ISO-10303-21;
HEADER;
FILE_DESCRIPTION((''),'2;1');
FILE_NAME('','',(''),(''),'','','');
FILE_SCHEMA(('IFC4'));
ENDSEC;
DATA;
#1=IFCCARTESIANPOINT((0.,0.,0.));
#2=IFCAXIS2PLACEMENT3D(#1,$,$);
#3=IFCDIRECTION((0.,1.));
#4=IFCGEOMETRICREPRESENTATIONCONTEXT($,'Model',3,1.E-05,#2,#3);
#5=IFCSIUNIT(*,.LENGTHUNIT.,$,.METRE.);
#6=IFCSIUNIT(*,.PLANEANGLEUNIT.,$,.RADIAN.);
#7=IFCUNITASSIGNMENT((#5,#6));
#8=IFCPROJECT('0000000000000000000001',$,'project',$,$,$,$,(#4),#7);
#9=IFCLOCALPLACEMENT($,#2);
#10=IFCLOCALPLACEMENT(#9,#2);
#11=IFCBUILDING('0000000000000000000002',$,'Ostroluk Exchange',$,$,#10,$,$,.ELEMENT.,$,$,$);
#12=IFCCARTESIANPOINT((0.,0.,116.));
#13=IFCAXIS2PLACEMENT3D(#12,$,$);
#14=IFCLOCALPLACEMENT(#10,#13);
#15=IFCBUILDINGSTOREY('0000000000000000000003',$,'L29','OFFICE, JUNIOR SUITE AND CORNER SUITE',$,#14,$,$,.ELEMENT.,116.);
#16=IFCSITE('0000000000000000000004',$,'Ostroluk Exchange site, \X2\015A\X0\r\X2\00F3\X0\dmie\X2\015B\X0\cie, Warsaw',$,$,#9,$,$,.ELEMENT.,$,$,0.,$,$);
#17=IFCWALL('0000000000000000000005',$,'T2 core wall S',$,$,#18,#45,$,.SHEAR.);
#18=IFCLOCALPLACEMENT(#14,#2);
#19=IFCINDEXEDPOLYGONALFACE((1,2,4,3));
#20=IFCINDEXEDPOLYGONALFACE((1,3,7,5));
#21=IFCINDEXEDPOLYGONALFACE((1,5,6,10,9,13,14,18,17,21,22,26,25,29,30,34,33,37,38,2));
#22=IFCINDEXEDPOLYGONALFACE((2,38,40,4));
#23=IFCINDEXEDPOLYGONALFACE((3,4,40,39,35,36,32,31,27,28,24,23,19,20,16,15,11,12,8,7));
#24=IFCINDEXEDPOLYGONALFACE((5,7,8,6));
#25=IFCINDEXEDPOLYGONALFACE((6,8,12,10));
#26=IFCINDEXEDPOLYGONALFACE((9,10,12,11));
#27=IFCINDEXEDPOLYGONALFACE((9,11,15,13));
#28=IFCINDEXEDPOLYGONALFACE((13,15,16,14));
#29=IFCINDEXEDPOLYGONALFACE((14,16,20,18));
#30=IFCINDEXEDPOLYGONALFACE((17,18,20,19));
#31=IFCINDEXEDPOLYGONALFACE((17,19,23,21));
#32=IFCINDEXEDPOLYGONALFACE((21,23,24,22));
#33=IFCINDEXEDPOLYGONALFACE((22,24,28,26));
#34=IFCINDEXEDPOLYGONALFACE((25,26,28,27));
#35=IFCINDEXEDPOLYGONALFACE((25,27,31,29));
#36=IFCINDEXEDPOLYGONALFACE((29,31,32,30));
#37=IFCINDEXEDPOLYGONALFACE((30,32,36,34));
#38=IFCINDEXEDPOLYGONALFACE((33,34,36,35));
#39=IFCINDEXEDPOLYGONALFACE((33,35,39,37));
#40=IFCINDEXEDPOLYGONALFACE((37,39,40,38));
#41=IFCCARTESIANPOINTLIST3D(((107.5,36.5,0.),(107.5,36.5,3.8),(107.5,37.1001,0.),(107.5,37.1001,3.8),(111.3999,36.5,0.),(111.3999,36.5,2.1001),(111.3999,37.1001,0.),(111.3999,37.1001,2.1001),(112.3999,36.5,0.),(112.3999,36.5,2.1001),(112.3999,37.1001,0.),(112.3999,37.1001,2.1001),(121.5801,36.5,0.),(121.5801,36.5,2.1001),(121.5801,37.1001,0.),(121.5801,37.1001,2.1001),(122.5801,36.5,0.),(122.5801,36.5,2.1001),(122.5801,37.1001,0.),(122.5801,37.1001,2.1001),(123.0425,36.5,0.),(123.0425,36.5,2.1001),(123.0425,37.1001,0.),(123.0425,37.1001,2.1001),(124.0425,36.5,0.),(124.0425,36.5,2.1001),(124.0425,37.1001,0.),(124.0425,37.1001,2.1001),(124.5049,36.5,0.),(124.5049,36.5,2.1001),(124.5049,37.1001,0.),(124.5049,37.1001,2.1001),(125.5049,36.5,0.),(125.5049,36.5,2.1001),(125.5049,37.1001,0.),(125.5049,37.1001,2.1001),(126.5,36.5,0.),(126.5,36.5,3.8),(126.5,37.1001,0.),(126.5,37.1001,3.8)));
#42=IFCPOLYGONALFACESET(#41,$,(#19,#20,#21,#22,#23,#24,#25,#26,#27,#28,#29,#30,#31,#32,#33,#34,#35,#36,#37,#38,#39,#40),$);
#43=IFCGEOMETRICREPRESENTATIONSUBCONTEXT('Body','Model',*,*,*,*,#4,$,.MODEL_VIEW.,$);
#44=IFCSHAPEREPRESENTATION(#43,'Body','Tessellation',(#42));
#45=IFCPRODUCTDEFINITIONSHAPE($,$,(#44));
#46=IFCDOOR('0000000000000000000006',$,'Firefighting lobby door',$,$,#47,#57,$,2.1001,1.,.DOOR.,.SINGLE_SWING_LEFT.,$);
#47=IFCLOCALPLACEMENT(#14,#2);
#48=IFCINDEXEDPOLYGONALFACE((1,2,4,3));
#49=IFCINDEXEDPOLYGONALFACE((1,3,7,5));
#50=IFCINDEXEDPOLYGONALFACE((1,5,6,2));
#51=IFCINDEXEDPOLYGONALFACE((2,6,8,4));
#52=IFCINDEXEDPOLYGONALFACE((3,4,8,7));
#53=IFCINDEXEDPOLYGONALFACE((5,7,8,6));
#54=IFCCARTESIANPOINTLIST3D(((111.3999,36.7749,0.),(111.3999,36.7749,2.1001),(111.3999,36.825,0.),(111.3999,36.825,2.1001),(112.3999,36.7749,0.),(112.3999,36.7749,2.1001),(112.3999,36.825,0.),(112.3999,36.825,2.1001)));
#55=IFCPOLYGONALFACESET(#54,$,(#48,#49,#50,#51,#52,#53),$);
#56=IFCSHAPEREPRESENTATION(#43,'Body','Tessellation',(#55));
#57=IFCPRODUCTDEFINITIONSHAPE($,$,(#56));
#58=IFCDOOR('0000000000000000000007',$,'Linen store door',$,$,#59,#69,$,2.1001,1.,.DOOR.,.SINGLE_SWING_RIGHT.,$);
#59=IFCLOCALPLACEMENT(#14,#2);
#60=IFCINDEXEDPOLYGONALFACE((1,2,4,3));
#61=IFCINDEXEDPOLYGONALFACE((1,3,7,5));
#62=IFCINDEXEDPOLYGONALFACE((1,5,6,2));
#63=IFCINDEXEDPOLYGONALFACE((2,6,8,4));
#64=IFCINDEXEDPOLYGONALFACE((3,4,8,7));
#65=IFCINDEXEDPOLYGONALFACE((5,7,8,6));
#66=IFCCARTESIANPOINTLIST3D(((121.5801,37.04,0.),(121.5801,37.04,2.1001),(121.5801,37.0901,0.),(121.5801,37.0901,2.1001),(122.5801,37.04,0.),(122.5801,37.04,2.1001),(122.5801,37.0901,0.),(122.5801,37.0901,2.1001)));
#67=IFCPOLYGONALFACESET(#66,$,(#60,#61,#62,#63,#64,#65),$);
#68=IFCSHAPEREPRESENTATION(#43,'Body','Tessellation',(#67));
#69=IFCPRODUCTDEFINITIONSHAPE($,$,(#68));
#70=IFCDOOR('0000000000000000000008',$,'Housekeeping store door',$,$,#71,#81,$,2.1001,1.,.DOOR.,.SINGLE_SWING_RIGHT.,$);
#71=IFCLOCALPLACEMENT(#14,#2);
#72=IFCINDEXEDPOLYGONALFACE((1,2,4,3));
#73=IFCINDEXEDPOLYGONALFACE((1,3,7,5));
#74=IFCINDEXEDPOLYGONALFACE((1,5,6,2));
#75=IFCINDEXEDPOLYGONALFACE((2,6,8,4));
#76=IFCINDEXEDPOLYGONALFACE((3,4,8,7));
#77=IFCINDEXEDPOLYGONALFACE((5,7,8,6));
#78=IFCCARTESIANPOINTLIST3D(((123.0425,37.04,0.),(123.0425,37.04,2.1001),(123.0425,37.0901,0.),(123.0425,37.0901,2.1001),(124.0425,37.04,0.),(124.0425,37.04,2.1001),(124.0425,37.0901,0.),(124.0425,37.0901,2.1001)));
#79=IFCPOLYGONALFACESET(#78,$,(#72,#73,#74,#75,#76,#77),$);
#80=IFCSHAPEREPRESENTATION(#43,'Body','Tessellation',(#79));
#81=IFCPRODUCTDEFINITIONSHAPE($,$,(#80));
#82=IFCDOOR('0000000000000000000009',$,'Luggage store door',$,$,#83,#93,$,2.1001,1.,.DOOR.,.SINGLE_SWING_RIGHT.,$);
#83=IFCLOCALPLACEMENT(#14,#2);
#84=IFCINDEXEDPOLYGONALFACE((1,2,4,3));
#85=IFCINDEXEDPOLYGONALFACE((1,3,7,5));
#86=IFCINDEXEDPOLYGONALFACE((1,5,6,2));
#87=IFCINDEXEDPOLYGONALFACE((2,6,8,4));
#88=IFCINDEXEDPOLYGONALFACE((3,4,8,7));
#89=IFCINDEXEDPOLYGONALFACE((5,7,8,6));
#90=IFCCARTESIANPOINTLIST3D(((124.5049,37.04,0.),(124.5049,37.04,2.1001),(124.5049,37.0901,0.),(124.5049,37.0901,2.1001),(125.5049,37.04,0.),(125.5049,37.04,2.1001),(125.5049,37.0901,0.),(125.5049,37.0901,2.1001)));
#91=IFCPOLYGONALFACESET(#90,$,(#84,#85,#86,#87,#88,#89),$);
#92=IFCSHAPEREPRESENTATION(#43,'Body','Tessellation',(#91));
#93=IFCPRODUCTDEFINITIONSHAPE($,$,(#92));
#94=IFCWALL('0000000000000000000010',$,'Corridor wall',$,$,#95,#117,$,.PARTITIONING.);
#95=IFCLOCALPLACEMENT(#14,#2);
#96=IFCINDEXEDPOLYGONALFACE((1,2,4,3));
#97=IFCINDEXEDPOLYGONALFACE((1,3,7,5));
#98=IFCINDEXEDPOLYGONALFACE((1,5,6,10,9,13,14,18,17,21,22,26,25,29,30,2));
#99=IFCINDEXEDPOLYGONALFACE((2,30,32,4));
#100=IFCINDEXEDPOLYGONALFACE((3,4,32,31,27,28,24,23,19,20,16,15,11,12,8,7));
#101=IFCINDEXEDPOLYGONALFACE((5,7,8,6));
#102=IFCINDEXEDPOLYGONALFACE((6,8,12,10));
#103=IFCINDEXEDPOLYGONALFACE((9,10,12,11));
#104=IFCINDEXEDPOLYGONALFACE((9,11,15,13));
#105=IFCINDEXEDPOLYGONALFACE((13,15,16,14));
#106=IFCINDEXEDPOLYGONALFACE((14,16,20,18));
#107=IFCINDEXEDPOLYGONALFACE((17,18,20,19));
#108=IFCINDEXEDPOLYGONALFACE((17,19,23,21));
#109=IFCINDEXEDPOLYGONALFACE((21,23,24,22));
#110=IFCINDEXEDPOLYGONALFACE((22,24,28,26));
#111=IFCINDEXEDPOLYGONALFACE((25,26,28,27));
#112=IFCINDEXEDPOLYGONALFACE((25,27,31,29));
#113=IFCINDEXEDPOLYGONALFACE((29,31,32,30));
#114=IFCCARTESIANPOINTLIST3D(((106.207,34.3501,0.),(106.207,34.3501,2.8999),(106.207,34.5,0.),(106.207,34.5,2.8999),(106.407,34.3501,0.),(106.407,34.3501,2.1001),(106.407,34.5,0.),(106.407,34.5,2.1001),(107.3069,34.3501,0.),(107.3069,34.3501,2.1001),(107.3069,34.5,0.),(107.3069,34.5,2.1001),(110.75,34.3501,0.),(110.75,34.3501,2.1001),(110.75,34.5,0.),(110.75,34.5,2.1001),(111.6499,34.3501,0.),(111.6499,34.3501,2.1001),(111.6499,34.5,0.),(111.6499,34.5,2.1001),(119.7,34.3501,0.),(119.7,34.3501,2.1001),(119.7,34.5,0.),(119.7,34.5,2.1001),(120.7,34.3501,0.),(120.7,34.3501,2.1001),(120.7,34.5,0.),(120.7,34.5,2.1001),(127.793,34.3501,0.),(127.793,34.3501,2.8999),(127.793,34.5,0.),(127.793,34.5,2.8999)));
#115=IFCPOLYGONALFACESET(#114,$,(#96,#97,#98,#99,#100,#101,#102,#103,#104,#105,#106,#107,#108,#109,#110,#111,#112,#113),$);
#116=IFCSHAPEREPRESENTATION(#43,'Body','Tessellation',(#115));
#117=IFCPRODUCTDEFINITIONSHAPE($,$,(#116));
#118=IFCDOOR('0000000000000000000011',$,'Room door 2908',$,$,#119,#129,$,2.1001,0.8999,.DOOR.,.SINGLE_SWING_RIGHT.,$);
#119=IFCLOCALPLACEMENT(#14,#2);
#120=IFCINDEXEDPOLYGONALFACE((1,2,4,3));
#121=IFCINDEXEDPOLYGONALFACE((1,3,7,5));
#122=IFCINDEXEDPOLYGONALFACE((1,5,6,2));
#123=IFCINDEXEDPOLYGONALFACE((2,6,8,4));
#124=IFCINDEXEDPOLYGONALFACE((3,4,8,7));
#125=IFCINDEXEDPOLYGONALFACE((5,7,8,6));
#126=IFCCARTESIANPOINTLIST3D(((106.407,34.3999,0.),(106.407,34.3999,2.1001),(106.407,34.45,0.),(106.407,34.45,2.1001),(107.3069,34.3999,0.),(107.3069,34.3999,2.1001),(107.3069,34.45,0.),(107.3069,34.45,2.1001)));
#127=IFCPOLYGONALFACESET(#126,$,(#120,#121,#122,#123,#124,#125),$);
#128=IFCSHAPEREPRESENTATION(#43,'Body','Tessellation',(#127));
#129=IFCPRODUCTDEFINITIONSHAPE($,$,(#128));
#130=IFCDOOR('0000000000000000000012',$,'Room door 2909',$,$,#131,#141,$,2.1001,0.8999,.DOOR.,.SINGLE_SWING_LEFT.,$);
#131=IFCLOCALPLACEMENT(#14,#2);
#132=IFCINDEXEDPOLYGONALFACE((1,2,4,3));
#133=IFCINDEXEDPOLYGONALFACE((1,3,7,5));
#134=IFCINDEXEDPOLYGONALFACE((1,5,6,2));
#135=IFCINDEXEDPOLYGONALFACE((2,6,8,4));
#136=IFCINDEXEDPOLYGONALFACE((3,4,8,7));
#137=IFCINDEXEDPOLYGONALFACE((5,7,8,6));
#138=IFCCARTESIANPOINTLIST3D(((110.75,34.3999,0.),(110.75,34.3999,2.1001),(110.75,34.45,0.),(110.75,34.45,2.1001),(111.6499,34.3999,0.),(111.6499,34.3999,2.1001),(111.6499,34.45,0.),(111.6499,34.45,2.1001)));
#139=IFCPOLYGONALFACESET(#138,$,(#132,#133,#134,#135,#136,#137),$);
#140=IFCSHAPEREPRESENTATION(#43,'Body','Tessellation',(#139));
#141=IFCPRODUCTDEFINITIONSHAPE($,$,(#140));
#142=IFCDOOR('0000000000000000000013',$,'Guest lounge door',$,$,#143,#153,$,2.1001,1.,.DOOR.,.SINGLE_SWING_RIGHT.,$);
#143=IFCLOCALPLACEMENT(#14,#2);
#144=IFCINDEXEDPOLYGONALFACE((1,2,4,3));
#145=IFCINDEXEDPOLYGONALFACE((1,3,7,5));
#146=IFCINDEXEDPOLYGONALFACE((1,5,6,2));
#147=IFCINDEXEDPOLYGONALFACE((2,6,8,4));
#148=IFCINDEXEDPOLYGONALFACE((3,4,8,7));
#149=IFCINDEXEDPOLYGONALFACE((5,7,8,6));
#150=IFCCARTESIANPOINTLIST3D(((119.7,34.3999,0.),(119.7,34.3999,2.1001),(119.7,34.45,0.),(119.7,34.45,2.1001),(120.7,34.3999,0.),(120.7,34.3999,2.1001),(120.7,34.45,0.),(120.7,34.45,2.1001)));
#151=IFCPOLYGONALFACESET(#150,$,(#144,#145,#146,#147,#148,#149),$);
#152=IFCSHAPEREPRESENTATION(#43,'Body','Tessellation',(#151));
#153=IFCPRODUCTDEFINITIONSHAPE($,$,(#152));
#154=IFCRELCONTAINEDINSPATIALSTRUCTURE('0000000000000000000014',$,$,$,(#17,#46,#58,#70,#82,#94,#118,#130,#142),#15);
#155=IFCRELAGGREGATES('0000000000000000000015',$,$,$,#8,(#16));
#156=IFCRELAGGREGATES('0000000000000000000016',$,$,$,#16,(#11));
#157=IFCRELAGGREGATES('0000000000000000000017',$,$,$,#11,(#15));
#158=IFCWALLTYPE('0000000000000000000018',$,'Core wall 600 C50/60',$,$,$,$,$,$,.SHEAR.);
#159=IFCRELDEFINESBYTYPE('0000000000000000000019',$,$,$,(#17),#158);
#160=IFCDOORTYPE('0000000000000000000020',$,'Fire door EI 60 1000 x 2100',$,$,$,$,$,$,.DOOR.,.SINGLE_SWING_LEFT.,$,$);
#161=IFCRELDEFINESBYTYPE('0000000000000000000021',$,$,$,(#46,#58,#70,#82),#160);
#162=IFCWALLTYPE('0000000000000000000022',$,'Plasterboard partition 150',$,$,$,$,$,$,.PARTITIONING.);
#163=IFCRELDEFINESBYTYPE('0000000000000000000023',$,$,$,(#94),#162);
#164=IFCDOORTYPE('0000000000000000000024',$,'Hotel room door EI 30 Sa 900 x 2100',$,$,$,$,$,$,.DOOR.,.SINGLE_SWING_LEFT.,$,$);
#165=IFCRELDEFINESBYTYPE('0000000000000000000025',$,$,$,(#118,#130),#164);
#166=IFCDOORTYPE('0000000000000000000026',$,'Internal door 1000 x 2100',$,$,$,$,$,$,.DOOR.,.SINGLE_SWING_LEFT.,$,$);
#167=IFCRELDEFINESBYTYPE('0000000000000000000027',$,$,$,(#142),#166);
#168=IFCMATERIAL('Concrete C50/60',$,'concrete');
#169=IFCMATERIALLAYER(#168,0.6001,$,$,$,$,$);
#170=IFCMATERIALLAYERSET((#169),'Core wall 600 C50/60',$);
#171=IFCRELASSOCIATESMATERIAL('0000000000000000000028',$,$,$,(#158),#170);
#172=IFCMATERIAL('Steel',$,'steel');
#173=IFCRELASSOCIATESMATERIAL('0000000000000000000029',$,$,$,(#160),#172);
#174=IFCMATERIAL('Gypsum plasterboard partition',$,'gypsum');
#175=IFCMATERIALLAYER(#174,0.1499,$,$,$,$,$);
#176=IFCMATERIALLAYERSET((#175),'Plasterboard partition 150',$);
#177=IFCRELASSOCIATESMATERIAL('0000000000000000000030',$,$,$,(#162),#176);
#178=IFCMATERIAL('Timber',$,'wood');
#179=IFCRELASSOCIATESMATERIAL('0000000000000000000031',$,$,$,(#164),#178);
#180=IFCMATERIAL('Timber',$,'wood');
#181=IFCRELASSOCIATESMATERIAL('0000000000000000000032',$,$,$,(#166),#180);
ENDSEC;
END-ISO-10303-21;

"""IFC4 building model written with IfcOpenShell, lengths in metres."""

from ifc_helpers import new_model, si_unit, direction, frame, frame_2d, origin, place, context, subcontext, project, spatial, rectangle, extrude, material, layer, layer_set, type_object, element, fill, save


model = new_model("IFC4")

# Units and contexts
model_context = context("Model", 3, precision=1e-05, world=origin(), true_north=direction((0.0, 1.0)))
body_context = subcontext(model_context, "Body", "Model", "MODEL_VIEW")
ifc_project = project(units=[si_unit("LENGTHUNIT", "METRE"), si_unit("PLANEANGLEUNIT", "RADIAN")], contexts=[model_context])

# Site, building, storey
site_placement = place(None, origin())
site = spatial("IfcSite", under=ifc_project, at=site_placement, Name="Ostroluk Exchange site, Śródmieście, Warsaw", CompositionType="ELEMENT", RefElevation=0.0)
building_placement = place(site_placement, origin())
building = spatial("IfcBuilding", under=site, at=building_placement, Name="Ostroluk Exchange", CompositionType="ELEMENT")
storey_placement = place(building_placement, frame((0.0, 0.0, 116.0)))
storey = spatial("IfcBuildingStorey", under=building, at=storey_placement, Name="L29", Description="OFFICE, JUNIOR SUITE AND CORNER SUITE", CompositionType="ELEMENT", Elevation=116.0)

# Wall, openings, doors
ifc_material_1 = material(Name="Concrete C50/60", Category="concrete")
ifc_layer_1 = layer(ifc_material_1, 0.6001)
ifc_layer_set_1 = layer_set([ifc_layer_1], Name="Core wall 600 C50/60")
wall_type_1 = type_object("IfcWallType", Name="Core wall 600 C50/60", PredefinedType="SHEAR", material=ifc_layer_set_1)
wall_1_placement = place(storey_placement, frame((107.5, 36.8, 0.0), z_axis=(0.0, 0.0, 1.0), x_axis=(1.0, 0.0, 0.0)))
wall_1 = element("IfcWall", 1, at=wall_1_placement, inside=storey, type_object=wall_type_1, Name="T2 core wall S", PredefinedType="SHEAR", context=body_context, shape_type="SweptSolid", body=[
    extrude(rectangle(XDim=19.0, YDim=0.6001, at=frame_2d((9.5, 0.0))), origin(), (0.0, 0.0, 1.0), 3.8),
])
opening_1_placement = place(wall_1_placement, frame((3.8999, 0.0, 0.0)))
opening_1 = element("IfcOpeningElement", 2, at=opening_1_placement, cuts=wall_1, PredefinedType="OPENING", context=body_context, shape_type="SweptSolid", body=[
    extrude(rectangle(XDim=1.0, YDim=2.1001, at=frame_2d((0.5, 1.05))), frame((0.0, 0.3101, 0.0), z_axis=(0.0, -1.0, 0.0), x_axis=(1.0, 0.0, 0.0)), (0.0, 0.0, 1.0), 0.6201),
])
opening_2_placement = place(wall_1_placement, frame((14.0801, 0.0, 0.0)))
opening_2 = element("IfcOpeningElement", 3, at=opening_2_placement, cuts=wall_1, PredefinedType="OPENING", context=body_context, shape_type="SweptSolid", body=[
    extrude(rectangle(XDim=1.0, YDim=2.1001, at=frame_2d((0.5, 1.05))), frame((0.0, 0.3101, 0.0), z_axis=(0.0, -1.0, 0.0), x_axis=(1.0, 0.0, 0.0)), (0.0, 0.0, 1.0), 0.6201),
])
opening_3_placement = place(wall_1_placement, frame((15.5425, 0.0, 0.0)))
opening_3 = element("IfcOpeningElement", 4, at=opening_3_placement, cuts=wall_1, PredefinedType="OPENING", context=body_context, shape_type="SweptSolid", body=[
    extrude(rectangle(XDim=1.0, YDim=2.1001, at=frame_2d((0.5, 1.05))), frame((0.0, 0.3101, 0.0), z_axis=(0.0, -1.0, 0.0), x_axis=(1.0, 0.0, 0.0)), (0.0, 0.0, 1.0), 0.6201),
])
opening_4_placement = place(wall_1_placement, frame((17.0049, 0.0, 0.0)))
opening_4 = element("IfcOpeningElement", 5, at=opening_4_placement, cuts=wall_1, PredefinedType="OPENING", context=body_context, shape_type="SweptSolid", body=[
    extrude(rectangle(XDim=1.0, YDim=2.1001, at=frame_2d((0.5, 1.05))), frame((0.0, 0.3101, 0.0), z_axis=(0.0, -1.0, 0.0), x_axis=(1.0, 0.0, 0.0)), (0.0, 0.0, 1.0), 0.6201),
])
ifc_material_2 = material(Name="Steel", Category="steel")
door_type_1 = type_object("IfcDoorType", Name="Fire door EI 60 1000 x 2100", OperationType="SINGLE_SWING_LEFT", PredefinedType="DOOR", material=ifc_material_2)
door_1_placement = place(opening_1_placement, origin())
door_1 = element("IfcDoor", 6, at=door_1_placement, inside=storey, type_object=door_type_1, Name="Firefighting lobby door", OperationType="SINGLE_SWING_LEFT", OverallHeight=2.1001, OverallWidth=1.0, PredefinedType="DOOR", context=body_context, shape_type="SweptSolid", body=[
    extrude(rectangle(XDim=1.0, YDim=2.1001, at=frame_2d((0.5, 1.05))), frame((0.0, 0.0249, 0.0), z_axis=(0.0, -1.0, 0.0), x_axis=(1.0, 0.0, 0.0)), (0.0, 0.0, 1.0), 0.05),
])
fill(opening_1, door_1)
door_2_placement = place(opening_2_placement, origin())
door_2 = element("IfcDoor", 7, at=door_2_placement, inside=storey, type_object=door_type_1, Name="Linen store door", OperationType="SINGLE_SWING_RIGHT", OverallHeight=2.1001, OverallWidth=1.0, PredefinedType="DOOR", context=body_context, shape_type="SweptSolid", body=[
    extrude(rectangle(XDim=1.0, YDim=2.1001, at=frame_2d((0.5, 1.05))), frame((0.0, 0.29, 0.0), z_axis=(0.0, -1.0, 0.0), x_axis=(1.0, 0.0, 0.0)), (0.0, 0.0, 1.0), 0.05),
])
fill(opening_2, door_2)
door_3_placement = place(opening_3_placement, origin())
door_3 = element("IfcDoor", 8, at=door_3_placement, inside=storey, type_object=door_type_1, Name="Housekeeping store door", OperationType="SINGLE_SWING_RIGHT", OverallHeight=2.1001, OverallWidth=1.0, PredefinedType="DOOR", context=body_context, shape_type="SweptSolid", body=[
    extrude(rectangle(XDim=1.0, YDim=2.1001, at=frame_2d((0.5, 1.05))), frame((0.0, 0.29, 0.0), z_axis=(0.0, -1.0, 0.0), x_axis=(1.0, 0.0, 0.0)), (0.0, 0.0, 1.0), 0.05),
])
fill(opening_3, door_3)
door_4_placement = place(opening_4_placement, origin())
door_4 = element("IfcDoor", 9, at=door_4_placement, inside=storey, type_object=door_type_1, Name="Luggage store door", OperationType="SINGLE_SWING_RIGHT", OverallHeight=2.1001, OverallWidth=1.0, PredefinedType="DOOR", context=body_context, shape_type="SweptSolid", body=[
    extrude(rectangle(XDim=1.0, YDim=2.1001, at=frame_2d((0.5, 1.05))), frame((0.0, 0.29, 0.0), z_axis=(0.0, -1.0, 0.0), x_axis=(1.0, 0.0, 0.0)), (0.0, 0.0, 1.0), 0.05),
])
fill(opening_4, door_4)

# Wall, openings, doors
ifc_material_3 = material(Name="Gypsum plasterboard partition", Category="gypsum")
ifc_layer_2 = layer(ifc_material_3, 0.1499)
ifc_layer_set_2 = layer_set([ifc_layer_2], Name="Plasterboard partition 150")
wall_type_2 = type_object("IfcWallType", Name="Plasterboard partition 150", PredefinedType="PARTITIONING", material=ifc_layer_set_2)
wall_2_placement = place(storey_placement, frame((106.207, 34.425, 0.0), z_axis=(0.0, 0.0, 1.0), x_axis=(1.0, 0.0, 0.0)))
wall_2 = element("IfcWall", 10, at=wall_2_placement, inside=storey, type_object=wall_type_2, Name="Corridor wall", PredefinedType="PARTITIONING", context=body_context, shape_type="SweptSolid", body=[
    extrude(rectangle(XDim=21.5859, YDim=0.1499, at=frame_2d((10.793, 0.0))), origin(), (0.0, 0.0, 1.0), 2.8999),
])
opening_5_placement = place(wall_2_placement, frame((0.2, 0.0, 0.0)))
opening_5 = element("IfcOpeningElement", 11, at=opening_5_placement, cuts=wall_2, PredefinedType="OPENING", context=body_context, shape_type="SweptSolid", body=[
    extrude(rectangle(XDim=0.8999, YDim=2.1001, at=frame_2d((0.45, 1.05))), frame((0.0, 0.085, 0.0), z_axis=(0.0, -1.0, 0.0), x_axis=(1.0, 0.0, 0.0)), (0.0, 0.0, 1.0), 0.1699),
])
opening_6_placement = place(wall_2_placement, frame((4.543, 0.0, 0.0)))
opening_6 = element("IfcOpeningElement", 12, at=opening_6_placement, cuts=wall_2, PredefinedType="OPENING", context=body_context, shape_type="SweptSolid", body=[
    extrude(rectangle(XDim=0.8999, YDim=2.1001, at=frame_2d((0.45, 1.05))), frame((0.0, 0.085, 0.0), z_axis=(0.0, -1.0, 0.0), x_axis=(1.0, 0.0, 0.0)), (0.0, 0.0, 1.0), 0.1699),
])
opening_7_placement = place(wall_2_placement, frame((13.4929, 0.0, 0.0)))
opening_7 = element("IfcOpeningElement", 13, at=opening_7_placement, cuts=wall_2, PredefinedType="OPENING", context=body_context, shape_type="SweptSolid", body=[
    extrude(rectangle(XDim=1.0, YDim=2.1001, at=frame_2d((0.5, 1.05))), frame((0.0, 0.085, 0.0), z_axis=(0.0, -1.0, 0.0), x_axis=(1.0, 0.0, 0.0)), (0.0, 0.0, 1.0), 0.1699),
])
ifc_material_4 = material(Name="Timber", Category="wood")
door_type_2 = type_object("IfcDoorType", Name="Hotel room door EI 30 Sa 900 x 2100", OperationType="SINGLE_SWING_LEFT", PredefinedType="DOOR", material=ifc_material_4)
door_5_placement = place(opening_5_placement, origin())
door_5 = element("IfcDoor", 14, at=door_5_placement, inside=storey, type_object=door_type_2, Name="Room door 2908", OperationType="SINGLE_SWING_RIGHT", OverallHeight=2.1001, OverallWidth=0.8999, PredefinedType="DOOR", context=body_context, shape_type="SweptSolid", body=[
    extrude(rectangle(XDim=0.8999, YDim=2.1001, at=frame_2d((0.45, 1.05))), frame((0.0, 0.0249, 0.0), z_axis=(0.0, -1.0, 0.0), x_axis=(1.0, 0.0, 0.0)), (0.0, 0.0, 1.0), 0.05),
])
fill(opening_5, door_5)
door_6_placement = place(opening_6_placement, origin())
door_6 = element("IfcDoor", 15, at=door_6_placement, inside=storey, type_object=door_type_2, Name="Room door 2909", OperationType="SINGLE_SWING_LEFT", OverallHeight=2.1001, OverallWidth=0.8999, PredefinedType="DOOR", context=body_context, shape_type="SweptSolid", body=[
    extrude(rectangle(XDim=0.8999, YDim=2.1001, at=frame_2d((0.45, 1.05))), frame((0.0, 0.0249, 0.0), z_axis=(0.0, -1.0, 0.0), x_axis=(1.0, 0.0, 0.0)), (0.0, 0.0, 1.0), 0.05),
])
fill(opening_6, door_6)
ifc_material_5 = material(Name="Timber", Category="wood")
door_type_3 = type_object("IfcDoorType", Name="Internal door 1000 x 2100", OperationType="SINGLE_SWING_LEFT", PredefinedType="DOOR", material=ifc_material_5)
door_7_placement = place(opening_7_placement, origin())
door_7 = element("IfcDoor", 16, at=door_7_placement, inside=storey, type_object=door_type_3, Name="Guest lounge door", OperationType="SINGLE_SWING_RIGHT", OverallHeight=2.1001, OverallWidth=1.0, PredefinedType="DOOR", context=body_context, shape_type="SweptSolid", body=[
    extrude(rectangle(XDim=1.0, YDim=2.1001, at=frame_2d((0.5, 1.05))), frame((0.0, 0.0249, 0.0), z_axis=(0.0, -1.0, 0.0), x_axis=(1.0, 0.0, 0.0)), (0.0, 0.0, 1.0), 0.05),
])
fill(opening_7, door_7)

save(model, "model.ifc")
